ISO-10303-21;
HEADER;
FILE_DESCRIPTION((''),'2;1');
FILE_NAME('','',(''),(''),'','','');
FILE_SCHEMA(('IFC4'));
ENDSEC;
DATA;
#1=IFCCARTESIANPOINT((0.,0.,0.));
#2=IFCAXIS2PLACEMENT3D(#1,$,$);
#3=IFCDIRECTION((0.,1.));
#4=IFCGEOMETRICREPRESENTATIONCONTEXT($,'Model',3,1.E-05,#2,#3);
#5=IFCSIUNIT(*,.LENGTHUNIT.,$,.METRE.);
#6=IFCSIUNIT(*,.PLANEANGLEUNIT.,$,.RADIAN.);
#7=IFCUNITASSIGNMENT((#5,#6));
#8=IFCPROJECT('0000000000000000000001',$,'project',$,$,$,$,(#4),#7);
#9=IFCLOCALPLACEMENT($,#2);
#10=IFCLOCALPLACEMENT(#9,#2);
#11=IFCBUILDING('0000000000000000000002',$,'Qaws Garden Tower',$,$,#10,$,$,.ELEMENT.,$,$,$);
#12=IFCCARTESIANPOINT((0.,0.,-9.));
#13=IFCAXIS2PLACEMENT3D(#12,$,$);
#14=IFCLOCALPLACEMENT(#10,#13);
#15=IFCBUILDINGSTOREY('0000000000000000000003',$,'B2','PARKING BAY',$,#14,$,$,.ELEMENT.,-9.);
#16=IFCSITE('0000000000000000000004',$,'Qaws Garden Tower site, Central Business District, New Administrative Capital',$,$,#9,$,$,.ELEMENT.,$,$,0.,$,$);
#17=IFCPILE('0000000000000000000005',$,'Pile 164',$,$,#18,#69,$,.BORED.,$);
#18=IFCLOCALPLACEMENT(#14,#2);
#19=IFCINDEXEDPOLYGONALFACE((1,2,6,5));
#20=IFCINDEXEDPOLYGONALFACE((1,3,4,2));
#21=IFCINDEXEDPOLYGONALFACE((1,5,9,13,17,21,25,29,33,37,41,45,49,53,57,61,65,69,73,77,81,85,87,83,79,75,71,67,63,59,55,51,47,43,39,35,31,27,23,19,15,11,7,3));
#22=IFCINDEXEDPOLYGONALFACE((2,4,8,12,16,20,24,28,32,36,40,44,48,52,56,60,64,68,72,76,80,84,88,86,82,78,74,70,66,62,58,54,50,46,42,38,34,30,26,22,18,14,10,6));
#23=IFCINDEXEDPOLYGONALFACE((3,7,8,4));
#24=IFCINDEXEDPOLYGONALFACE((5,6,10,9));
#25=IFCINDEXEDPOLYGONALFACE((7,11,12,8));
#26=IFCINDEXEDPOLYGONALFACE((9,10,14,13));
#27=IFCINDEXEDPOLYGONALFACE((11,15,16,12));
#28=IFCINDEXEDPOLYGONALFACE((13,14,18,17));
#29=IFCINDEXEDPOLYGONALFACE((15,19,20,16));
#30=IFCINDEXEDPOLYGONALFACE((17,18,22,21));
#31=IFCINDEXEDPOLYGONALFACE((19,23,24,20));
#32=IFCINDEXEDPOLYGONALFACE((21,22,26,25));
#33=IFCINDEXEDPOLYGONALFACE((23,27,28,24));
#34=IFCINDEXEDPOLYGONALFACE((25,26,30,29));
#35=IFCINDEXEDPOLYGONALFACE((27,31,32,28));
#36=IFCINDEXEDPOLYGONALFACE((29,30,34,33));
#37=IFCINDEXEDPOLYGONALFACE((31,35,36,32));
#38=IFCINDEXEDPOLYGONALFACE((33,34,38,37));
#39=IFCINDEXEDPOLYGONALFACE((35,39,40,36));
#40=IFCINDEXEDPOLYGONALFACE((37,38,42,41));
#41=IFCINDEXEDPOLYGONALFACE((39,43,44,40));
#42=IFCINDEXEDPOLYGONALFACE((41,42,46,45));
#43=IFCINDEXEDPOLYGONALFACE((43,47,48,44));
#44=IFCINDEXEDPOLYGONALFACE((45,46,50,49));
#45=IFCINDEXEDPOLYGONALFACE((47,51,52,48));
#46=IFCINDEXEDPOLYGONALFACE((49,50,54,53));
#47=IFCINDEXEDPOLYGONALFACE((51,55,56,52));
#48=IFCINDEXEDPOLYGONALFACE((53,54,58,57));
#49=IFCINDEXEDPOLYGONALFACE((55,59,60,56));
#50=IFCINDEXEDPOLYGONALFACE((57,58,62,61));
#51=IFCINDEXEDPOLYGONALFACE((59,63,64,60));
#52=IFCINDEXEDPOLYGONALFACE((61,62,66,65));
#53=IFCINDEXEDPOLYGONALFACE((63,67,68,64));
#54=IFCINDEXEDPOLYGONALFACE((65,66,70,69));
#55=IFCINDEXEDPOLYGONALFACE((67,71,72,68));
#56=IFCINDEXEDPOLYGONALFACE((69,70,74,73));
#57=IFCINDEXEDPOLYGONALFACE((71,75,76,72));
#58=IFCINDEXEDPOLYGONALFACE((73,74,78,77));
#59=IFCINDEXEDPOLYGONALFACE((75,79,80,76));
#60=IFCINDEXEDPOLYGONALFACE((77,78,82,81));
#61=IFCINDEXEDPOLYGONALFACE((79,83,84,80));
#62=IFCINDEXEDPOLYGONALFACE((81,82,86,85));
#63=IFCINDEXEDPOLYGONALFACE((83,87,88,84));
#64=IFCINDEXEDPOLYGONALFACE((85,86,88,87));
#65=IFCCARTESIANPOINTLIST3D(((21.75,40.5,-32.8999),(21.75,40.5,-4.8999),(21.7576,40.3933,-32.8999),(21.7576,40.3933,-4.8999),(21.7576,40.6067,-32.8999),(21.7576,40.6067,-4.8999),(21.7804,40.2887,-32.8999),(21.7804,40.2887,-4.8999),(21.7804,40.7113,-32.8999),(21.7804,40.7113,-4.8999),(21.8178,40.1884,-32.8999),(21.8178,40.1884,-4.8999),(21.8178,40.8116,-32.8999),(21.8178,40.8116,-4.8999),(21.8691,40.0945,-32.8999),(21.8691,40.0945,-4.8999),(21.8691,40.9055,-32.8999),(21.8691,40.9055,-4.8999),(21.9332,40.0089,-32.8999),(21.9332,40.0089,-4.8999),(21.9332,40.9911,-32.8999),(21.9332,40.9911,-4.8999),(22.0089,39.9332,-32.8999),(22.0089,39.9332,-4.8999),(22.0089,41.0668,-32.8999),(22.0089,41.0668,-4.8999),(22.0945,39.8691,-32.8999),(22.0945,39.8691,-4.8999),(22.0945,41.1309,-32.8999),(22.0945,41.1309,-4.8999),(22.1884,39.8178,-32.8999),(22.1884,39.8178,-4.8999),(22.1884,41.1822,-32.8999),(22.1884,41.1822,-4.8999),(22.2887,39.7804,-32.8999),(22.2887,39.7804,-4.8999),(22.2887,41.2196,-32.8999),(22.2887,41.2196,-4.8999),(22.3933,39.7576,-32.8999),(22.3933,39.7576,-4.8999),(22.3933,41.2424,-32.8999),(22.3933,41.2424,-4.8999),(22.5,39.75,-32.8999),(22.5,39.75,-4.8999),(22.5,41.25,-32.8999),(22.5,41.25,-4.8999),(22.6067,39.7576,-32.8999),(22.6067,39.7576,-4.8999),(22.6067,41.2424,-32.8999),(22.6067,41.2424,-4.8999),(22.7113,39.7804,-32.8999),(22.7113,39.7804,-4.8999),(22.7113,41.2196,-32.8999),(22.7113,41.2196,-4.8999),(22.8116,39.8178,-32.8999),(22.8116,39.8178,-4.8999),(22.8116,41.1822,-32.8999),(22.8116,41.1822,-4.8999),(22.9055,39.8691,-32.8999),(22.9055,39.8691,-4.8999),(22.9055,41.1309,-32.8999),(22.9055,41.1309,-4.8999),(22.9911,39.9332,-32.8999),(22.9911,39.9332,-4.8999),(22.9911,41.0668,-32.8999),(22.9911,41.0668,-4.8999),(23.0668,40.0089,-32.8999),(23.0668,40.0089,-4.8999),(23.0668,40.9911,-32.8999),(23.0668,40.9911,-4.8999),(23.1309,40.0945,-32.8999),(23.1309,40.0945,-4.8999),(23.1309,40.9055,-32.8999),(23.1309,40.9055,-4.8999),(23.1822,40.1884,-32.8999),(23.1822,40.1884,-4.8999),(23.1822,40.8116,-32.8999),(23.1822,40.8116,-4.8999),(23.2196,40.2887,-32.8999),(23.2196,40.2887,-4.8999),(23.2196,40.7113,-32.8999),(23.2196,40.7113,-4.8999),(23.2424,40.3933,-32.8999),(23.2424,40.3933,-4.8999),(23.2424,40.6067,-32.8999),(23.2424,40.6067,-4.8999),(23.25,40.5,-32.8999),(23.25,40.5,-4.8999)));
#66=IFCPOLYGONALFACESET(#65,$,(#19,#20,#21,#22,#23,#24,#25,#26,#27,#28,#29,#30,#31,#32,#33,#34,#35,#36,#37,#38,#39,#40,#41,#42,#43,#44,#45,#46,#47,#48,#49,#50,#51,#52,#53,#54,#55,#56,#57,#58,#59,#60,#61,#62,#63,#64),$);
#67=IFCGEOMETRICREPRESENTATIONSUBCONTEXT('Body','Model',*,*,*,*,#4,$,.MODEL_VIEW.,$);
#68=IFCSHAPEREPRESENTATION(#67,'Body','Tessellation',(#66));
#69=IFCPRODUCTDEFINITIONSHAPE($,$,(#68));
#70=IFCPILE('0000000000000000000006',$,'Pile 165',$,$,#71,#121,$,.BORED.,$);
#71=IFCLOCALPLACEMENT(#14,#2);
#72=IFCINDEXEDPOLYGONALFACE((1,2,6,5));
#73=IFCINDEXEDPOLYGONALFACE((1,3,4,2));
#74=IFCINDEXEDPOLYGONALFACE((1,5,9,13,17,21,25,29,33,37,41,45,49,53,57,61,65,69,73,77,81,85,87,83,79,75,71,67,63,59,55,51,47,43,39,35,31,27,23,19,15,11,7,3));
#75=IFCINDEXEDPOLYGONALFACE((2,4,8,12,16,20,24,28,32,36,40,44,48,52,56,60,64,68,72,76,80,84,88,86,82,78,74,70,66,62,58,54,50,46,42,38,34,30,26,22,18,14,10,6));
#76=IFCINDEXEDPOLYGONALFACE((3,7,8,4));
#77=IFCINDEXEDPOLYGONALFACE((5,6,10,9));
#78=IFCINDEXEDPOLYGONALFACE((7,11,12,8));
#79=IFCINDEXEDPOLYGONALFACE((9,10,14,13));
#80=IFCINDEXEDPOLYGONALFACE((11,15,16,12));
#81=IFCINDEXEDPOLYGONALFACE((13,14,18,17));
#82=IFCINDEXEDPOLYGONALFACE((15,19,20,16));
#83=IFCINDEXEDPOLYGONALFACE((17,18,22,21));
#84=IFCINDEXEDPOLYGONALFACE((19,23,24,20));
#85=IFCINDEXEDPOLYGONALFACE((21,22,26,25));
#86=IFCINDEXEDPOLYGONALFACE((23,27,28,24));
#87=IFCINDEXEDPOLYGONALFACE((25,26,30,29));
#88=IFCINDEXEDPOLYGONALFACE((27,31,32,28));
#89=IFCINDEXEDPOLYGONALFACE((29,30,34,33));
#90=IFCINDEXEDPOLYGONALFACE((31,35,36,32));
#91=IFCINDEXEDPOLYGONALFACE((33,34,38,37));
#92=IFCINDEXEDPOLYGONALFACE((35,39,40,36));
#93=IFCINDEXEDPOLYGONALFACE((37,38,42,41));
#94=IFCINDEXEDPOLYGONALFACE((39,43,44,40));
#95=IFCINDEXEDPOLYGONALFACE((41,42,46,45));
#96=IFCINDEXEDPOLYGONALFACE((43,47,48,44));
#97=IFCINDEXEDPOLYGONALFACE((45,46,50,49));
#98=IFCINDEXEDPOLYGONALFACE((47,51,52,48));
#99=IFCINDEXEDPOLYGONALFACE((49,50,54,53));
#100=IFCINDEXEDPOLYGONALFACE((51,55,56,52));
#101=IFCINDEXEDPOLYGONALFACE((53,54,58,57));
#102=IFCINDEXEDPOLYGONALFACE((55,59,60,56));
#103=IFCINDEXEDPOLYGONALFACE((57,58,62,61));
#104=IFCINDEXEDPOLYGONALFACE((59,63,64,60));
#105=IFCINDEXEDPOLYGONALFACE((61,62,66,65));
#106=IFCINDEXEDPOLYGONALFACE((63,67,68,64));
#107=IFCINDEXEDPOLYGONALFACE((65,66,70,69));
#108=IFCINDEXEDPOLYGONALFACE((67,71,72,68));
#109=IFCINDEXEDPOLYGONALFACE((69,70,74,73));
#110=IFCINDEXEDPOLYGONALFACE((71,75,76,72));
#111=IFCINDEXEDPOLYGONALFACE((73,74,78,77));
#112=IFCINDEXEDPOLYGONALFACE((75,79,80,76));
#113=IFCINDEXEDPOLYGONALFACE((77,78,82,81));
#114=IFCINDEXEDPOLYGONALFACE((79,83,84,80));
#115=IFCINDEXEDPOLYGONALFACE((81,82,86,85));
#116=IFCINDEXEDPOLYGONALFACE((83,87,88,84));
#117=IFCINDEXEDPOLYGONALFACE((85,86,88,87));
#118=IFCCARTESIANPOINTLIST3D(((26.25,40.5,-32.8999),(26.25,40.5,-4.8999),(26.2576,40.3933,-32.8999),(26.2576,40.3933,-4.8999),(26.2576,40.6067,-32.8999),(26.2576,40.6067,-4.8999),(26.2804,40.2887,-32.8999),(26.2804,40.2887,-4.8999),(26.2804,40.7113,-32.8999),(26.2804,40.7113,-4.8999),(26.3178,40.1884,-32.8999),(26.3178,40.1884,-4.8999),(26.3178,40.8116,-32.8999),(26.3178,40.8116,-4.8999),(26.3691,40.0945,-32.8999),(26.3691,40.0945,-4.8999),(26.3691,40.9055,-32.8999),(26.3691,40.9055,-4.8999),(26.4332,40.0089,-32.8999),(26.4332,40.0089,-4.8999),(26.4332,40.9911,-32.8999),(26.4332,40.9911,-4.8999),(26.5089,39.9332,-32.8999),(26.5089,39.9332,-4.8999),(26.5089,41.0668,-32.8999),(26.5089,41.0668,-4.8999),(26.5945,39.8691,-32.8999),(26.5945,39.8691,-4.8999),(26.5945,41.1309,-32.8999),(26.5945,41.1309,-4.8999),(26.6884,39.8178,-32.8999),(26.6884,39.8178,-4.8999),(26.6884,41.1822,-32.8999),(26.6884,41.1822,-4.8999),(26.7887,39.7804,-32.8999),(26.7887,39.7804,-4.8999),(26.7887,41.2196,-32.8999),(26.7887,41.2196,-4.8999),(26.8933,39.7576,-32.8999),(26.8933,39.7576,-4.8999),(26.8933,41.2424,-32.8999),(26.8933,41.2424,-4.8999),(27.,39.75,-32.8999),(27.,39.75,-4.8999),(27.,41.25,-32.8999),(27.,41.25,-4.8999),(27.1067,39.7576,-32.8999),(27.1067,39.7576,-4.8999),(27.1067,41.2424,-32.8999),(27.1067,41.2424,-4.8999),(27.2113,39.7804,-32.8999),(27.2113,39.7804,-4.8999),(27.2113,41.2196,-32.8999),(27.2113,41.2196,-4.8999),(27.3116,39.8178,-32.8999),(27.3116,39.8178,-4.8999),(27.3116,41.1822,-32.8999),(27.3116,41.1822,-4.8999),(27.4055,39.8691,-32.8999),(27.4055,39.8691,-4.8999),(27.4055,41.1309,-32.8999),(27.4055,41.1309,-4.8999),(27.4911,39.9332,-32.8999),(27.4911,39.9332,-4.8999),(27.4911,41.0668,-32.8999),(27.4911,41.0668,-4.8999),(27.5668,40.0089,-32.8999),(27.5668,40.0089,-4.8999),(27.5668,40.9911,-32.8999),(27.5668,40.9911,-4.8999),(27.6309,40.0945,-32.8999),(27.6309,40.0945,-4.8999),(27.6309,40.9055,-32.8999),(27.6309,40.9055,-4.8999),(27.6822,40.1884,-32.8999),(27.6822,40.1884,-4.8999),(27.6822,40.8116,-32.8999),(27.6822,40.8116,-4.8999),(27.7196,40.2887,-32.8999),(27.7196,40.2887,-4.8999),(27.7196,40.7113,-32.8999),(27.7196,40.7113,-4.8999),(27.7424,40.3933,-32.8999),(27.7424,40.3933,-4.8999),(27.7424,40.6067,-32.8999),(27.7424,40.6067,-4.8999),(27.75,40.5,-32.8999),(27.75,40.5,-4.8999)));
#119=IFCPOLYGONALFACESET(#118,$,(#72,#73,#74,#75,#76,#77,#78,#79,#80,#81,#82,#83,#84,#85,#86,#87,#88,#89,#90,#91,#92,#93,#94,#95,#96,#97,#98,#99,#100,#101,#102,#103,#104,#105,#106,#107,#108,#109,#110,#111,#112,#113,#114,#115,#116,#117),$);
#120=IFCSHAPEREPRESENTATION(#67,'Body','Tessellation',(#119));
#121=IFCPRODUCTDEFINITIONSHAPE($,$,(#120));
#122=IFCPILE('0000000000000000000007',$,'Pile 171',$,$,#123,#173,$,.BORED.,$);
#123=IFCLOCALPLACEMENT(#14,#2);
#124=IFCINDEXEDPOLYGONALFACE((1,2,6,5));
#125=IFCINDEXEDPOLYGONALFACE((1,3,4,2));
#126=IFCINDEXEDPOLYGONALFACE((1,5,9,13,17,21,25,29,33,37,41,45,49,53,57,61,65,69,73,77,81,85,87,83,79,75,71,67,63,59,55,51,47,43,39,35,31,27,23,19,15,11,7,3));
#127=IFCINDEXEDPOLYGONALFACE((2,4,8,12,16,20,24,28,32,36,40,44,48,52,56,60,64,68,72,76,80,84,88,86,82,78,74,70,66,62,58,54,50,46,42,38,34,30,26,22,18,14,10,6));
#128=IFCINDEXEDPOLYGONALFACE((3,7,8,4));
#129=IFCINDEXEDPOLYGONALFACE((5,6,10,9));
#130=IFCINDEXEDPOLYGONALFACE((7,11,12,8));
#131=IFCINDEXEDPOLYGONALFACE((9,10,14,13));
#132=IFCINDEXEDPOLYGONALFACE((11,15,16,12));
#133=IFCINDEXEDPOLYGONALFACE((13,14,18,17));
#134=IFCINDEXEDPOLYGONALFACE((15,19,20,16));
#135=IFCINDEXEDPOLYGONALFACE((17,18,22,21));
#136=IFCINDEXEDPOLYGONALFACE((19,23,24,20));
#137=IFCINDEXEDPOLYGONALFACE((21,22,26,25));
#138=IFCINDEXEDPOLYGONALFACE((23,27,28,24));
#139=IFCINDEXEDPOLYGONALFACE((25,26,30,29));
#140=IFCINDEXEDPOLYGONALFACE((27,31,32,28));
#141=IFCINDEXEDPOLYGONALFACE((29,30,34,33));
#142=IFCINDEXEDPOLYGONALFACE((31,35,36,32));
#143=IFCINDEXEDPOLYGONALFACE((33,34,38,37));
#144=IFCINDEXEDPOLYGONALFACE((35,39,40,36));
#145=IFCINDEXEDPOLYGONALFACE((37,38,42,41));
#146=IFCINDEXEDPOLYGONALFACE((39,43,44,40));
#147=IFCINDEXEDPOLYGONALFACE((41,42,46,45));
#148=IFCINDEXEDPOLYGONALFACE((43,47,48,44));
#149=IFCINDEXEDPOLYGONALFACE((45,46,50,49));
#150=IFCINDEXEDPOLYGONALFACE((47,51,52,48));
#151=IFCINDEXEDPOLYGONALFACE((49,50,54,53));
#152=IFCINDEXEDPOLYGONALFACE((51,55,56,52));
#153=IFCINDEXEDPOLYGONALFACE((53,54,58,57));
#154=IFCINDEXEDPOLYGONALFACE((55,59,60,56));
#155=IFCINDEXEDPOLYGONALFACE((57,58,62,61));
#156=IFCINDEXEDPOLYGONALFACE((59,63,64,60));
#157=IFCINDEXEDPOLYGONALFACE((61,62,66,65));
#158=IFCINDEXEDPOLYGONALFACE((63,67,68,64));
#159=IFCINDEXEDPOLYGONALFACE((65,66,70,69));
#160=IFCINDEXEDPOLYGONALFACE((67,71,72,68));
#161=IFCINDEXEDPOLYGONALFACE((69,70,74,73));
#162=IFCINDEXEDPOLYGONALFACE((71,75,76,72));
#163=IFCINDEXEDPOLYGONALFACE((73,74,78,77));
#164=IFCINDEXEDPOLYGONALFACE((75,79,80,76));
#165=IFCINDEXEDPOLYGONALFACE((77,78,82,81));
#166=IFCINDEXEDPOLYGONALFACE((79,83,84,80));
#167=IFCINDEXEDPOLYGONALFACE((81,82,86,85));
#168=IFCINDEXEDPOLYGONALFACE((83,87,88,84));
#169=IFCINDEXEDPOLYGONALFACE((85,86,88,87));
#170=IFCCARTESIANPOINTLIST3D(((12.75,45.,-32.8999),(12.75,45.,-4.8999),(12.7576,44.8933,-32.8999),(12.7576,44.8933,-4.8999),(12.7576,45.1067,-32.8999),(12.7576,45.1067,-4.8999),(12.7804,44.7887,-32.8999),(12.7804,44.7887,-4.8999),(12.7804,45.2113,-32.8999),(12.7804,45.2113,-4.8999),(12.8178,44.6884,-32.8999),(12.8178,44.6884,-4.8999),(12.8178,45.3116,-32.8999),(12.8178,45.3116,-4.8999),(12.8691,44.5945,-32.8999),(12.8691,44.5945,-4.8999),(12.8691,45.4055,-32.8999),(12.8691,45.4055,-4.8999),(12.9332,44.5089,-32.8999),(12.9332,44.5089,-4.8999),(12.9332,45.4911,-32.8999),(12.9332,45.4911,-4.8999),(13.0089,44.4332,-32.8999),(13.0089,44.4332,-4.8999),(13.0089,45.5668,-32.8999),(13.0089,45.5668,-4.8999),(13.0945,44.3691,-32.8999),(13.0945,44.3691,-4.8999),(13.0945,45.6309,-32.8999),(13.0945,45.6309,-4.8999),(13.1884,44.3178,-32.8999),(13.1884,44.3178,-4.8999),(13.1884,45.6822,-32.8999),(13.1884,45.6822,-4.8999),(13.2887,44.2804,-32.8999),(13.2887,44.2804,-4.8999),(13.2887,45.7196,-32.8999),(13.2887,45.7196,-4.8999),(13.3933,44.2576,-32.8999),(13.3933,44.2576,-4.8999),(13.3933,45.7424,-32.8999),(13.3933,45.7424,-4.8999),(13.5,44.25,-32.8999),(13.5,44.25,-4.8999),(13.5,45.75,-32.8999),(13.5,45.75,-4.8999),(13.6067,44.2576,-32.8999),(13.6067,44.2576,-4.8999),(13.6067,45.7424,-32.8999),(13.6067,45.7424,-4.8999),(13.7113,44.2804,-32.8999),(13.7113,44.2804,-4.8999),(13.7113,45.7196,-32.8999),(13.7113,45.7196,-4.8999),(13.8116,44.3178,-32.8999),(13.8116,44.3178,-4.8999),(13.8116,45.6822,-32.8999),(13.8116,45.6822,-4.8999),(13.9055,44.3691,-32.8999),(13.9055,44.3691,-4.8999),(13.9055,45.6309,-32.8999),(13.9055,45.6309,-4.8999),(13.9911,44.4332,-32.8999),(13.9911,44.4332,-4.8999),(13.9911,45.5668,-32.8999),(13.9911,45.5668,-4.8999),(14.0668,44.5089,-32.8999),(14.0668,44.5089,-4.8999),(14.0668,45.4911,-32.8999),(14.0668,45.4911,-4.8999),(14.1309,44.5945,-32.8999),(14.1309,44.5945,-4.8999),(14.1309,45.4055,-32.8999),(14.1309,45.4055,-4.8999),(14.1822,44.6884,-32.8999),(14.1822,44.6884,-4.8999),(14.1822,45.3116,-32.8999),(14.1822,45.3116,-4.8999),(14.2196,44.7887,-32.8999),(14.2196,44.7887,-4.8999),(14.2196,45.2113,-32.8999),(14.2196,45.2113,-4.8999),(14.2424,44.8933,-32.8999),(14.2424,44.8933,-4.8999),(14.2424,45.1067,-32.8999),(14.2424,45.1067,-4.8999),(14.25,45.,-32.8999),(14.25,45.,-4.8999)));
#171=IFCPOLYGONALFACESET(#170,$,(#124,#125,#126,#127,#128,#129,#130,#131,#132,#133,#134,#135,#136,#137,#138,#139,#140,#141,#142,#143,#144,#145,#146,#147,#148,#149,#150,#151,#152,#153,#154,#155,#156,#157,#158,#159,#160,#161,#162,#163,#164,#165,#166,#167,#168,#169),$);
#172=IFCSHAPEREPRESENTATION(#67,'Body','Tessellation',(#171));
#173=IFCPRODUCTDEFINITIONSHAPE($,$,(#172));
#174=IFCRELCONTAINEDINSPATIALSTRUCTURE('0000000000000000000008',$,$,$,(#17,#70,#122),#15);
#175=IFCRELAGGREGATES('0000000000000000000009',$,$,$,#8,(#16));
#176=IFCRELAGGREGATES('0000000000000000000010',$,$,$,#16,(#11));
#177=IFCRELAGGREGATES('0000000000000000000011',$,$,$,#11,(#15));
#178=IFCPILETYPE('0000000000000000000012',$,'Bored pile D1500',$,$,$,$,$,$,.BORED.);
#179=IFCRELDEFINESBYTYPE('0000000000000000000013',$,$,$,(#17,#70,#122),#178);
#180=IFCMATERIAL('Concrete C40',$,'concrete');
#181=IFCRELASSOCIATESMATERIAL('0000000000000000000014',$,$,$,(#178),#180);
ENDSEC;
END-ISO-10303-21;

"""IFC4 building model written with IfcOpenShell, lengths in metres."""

from ifc_helpers import new_model, si_unit, direction, frame, origin, origin_2d, place, context, subcontext, project, spatial, circle, extrude, material, material_profile, profile_set, type_object, element, save


model = new_model("IFC4")

# Units and contexts
model_context = context("Model", 3, precision=1e-05, world=origin(), true_north=direction((0.0, 1.0)))
body_context = subcontext(model_context, "Body", "Model", "MODEL_VIEW")
ifc_project = project(units=[si_unit("LENGTHUNIT", "METRE"), si_unit("PLANEANGLEUNIT", "RADIAN")], contexts=[model_context])

# Site, building, storey
site_placement = place(None, origin())
site = spatial("IfcSite", under=ifc_project, at=site_placement, Name="Qaws Garden Tower site, Central Business District, New Administrative Capital", CompositionType="ELEMENT", RefElevation=0.0)
building_placement = place(site_placement, origin())
building = spatial("IfcBuilding", under=site, at=building_placement, Name="Qaws Garden Tower", CompositionType="ELEMENT")
storey_placement = place(building_placement, frame((0.0, 0.0, -9.0)))
storey = spatial("IfcBuildingStorey", under=building, at=storey_placement, Name="B2", Description="PARKING BAY", CompositionType="ELEMENT", Elevation=-9.0)

# Piles
ifc_material_1 = material(Name="Concrete C40", Category="concrete")
ifc_material_profile_1 = material_profile(ifc_material_1, circle(Radius=0.75, at=origin_2d()), Name="Bored pile D1500")
ifc_profile_set_1 = profile_set([ifc_material_profile_1], Name="Concrete C40")
pile_type = type_object("IfcPileType", Name="Bored pile D1500", PredefinedType="BORED", material=ifc_profile_set_1)
for number, where, z_axis, x_axis, name in (
    (1, (22.5, 40.5, -4.8999), (0.0, 0.0, -1.0), (1.0, 0.0, 0.0), "Pile 164"),
    (2, (27.0, 40.5, -4.8999), (0.0, 0.0, -1.0), (1.0, 0.0, 0.0), "Pile 165"),
    (3, (13.5, 45.0, -4.8999), (0.0, 0.0, -1.0), (1.0, 0.0, 0.0), "Pile 171"),
):
    element("IfcPile", number, at=place(storey_placement, frame(where, z_axis=z_axis, x_axis=x_axis)), inside=storey, type_object=pile_type, Name=name, PredefinedType="BORED", context=body_context, shape_type="SweptSolid", body=[
        extrude(circle(Radius=0.75, at=origin_2d()), origin(), (0.0, 0.0, 1.0), 28.0),
    ])

save(model, "model.ifc")
